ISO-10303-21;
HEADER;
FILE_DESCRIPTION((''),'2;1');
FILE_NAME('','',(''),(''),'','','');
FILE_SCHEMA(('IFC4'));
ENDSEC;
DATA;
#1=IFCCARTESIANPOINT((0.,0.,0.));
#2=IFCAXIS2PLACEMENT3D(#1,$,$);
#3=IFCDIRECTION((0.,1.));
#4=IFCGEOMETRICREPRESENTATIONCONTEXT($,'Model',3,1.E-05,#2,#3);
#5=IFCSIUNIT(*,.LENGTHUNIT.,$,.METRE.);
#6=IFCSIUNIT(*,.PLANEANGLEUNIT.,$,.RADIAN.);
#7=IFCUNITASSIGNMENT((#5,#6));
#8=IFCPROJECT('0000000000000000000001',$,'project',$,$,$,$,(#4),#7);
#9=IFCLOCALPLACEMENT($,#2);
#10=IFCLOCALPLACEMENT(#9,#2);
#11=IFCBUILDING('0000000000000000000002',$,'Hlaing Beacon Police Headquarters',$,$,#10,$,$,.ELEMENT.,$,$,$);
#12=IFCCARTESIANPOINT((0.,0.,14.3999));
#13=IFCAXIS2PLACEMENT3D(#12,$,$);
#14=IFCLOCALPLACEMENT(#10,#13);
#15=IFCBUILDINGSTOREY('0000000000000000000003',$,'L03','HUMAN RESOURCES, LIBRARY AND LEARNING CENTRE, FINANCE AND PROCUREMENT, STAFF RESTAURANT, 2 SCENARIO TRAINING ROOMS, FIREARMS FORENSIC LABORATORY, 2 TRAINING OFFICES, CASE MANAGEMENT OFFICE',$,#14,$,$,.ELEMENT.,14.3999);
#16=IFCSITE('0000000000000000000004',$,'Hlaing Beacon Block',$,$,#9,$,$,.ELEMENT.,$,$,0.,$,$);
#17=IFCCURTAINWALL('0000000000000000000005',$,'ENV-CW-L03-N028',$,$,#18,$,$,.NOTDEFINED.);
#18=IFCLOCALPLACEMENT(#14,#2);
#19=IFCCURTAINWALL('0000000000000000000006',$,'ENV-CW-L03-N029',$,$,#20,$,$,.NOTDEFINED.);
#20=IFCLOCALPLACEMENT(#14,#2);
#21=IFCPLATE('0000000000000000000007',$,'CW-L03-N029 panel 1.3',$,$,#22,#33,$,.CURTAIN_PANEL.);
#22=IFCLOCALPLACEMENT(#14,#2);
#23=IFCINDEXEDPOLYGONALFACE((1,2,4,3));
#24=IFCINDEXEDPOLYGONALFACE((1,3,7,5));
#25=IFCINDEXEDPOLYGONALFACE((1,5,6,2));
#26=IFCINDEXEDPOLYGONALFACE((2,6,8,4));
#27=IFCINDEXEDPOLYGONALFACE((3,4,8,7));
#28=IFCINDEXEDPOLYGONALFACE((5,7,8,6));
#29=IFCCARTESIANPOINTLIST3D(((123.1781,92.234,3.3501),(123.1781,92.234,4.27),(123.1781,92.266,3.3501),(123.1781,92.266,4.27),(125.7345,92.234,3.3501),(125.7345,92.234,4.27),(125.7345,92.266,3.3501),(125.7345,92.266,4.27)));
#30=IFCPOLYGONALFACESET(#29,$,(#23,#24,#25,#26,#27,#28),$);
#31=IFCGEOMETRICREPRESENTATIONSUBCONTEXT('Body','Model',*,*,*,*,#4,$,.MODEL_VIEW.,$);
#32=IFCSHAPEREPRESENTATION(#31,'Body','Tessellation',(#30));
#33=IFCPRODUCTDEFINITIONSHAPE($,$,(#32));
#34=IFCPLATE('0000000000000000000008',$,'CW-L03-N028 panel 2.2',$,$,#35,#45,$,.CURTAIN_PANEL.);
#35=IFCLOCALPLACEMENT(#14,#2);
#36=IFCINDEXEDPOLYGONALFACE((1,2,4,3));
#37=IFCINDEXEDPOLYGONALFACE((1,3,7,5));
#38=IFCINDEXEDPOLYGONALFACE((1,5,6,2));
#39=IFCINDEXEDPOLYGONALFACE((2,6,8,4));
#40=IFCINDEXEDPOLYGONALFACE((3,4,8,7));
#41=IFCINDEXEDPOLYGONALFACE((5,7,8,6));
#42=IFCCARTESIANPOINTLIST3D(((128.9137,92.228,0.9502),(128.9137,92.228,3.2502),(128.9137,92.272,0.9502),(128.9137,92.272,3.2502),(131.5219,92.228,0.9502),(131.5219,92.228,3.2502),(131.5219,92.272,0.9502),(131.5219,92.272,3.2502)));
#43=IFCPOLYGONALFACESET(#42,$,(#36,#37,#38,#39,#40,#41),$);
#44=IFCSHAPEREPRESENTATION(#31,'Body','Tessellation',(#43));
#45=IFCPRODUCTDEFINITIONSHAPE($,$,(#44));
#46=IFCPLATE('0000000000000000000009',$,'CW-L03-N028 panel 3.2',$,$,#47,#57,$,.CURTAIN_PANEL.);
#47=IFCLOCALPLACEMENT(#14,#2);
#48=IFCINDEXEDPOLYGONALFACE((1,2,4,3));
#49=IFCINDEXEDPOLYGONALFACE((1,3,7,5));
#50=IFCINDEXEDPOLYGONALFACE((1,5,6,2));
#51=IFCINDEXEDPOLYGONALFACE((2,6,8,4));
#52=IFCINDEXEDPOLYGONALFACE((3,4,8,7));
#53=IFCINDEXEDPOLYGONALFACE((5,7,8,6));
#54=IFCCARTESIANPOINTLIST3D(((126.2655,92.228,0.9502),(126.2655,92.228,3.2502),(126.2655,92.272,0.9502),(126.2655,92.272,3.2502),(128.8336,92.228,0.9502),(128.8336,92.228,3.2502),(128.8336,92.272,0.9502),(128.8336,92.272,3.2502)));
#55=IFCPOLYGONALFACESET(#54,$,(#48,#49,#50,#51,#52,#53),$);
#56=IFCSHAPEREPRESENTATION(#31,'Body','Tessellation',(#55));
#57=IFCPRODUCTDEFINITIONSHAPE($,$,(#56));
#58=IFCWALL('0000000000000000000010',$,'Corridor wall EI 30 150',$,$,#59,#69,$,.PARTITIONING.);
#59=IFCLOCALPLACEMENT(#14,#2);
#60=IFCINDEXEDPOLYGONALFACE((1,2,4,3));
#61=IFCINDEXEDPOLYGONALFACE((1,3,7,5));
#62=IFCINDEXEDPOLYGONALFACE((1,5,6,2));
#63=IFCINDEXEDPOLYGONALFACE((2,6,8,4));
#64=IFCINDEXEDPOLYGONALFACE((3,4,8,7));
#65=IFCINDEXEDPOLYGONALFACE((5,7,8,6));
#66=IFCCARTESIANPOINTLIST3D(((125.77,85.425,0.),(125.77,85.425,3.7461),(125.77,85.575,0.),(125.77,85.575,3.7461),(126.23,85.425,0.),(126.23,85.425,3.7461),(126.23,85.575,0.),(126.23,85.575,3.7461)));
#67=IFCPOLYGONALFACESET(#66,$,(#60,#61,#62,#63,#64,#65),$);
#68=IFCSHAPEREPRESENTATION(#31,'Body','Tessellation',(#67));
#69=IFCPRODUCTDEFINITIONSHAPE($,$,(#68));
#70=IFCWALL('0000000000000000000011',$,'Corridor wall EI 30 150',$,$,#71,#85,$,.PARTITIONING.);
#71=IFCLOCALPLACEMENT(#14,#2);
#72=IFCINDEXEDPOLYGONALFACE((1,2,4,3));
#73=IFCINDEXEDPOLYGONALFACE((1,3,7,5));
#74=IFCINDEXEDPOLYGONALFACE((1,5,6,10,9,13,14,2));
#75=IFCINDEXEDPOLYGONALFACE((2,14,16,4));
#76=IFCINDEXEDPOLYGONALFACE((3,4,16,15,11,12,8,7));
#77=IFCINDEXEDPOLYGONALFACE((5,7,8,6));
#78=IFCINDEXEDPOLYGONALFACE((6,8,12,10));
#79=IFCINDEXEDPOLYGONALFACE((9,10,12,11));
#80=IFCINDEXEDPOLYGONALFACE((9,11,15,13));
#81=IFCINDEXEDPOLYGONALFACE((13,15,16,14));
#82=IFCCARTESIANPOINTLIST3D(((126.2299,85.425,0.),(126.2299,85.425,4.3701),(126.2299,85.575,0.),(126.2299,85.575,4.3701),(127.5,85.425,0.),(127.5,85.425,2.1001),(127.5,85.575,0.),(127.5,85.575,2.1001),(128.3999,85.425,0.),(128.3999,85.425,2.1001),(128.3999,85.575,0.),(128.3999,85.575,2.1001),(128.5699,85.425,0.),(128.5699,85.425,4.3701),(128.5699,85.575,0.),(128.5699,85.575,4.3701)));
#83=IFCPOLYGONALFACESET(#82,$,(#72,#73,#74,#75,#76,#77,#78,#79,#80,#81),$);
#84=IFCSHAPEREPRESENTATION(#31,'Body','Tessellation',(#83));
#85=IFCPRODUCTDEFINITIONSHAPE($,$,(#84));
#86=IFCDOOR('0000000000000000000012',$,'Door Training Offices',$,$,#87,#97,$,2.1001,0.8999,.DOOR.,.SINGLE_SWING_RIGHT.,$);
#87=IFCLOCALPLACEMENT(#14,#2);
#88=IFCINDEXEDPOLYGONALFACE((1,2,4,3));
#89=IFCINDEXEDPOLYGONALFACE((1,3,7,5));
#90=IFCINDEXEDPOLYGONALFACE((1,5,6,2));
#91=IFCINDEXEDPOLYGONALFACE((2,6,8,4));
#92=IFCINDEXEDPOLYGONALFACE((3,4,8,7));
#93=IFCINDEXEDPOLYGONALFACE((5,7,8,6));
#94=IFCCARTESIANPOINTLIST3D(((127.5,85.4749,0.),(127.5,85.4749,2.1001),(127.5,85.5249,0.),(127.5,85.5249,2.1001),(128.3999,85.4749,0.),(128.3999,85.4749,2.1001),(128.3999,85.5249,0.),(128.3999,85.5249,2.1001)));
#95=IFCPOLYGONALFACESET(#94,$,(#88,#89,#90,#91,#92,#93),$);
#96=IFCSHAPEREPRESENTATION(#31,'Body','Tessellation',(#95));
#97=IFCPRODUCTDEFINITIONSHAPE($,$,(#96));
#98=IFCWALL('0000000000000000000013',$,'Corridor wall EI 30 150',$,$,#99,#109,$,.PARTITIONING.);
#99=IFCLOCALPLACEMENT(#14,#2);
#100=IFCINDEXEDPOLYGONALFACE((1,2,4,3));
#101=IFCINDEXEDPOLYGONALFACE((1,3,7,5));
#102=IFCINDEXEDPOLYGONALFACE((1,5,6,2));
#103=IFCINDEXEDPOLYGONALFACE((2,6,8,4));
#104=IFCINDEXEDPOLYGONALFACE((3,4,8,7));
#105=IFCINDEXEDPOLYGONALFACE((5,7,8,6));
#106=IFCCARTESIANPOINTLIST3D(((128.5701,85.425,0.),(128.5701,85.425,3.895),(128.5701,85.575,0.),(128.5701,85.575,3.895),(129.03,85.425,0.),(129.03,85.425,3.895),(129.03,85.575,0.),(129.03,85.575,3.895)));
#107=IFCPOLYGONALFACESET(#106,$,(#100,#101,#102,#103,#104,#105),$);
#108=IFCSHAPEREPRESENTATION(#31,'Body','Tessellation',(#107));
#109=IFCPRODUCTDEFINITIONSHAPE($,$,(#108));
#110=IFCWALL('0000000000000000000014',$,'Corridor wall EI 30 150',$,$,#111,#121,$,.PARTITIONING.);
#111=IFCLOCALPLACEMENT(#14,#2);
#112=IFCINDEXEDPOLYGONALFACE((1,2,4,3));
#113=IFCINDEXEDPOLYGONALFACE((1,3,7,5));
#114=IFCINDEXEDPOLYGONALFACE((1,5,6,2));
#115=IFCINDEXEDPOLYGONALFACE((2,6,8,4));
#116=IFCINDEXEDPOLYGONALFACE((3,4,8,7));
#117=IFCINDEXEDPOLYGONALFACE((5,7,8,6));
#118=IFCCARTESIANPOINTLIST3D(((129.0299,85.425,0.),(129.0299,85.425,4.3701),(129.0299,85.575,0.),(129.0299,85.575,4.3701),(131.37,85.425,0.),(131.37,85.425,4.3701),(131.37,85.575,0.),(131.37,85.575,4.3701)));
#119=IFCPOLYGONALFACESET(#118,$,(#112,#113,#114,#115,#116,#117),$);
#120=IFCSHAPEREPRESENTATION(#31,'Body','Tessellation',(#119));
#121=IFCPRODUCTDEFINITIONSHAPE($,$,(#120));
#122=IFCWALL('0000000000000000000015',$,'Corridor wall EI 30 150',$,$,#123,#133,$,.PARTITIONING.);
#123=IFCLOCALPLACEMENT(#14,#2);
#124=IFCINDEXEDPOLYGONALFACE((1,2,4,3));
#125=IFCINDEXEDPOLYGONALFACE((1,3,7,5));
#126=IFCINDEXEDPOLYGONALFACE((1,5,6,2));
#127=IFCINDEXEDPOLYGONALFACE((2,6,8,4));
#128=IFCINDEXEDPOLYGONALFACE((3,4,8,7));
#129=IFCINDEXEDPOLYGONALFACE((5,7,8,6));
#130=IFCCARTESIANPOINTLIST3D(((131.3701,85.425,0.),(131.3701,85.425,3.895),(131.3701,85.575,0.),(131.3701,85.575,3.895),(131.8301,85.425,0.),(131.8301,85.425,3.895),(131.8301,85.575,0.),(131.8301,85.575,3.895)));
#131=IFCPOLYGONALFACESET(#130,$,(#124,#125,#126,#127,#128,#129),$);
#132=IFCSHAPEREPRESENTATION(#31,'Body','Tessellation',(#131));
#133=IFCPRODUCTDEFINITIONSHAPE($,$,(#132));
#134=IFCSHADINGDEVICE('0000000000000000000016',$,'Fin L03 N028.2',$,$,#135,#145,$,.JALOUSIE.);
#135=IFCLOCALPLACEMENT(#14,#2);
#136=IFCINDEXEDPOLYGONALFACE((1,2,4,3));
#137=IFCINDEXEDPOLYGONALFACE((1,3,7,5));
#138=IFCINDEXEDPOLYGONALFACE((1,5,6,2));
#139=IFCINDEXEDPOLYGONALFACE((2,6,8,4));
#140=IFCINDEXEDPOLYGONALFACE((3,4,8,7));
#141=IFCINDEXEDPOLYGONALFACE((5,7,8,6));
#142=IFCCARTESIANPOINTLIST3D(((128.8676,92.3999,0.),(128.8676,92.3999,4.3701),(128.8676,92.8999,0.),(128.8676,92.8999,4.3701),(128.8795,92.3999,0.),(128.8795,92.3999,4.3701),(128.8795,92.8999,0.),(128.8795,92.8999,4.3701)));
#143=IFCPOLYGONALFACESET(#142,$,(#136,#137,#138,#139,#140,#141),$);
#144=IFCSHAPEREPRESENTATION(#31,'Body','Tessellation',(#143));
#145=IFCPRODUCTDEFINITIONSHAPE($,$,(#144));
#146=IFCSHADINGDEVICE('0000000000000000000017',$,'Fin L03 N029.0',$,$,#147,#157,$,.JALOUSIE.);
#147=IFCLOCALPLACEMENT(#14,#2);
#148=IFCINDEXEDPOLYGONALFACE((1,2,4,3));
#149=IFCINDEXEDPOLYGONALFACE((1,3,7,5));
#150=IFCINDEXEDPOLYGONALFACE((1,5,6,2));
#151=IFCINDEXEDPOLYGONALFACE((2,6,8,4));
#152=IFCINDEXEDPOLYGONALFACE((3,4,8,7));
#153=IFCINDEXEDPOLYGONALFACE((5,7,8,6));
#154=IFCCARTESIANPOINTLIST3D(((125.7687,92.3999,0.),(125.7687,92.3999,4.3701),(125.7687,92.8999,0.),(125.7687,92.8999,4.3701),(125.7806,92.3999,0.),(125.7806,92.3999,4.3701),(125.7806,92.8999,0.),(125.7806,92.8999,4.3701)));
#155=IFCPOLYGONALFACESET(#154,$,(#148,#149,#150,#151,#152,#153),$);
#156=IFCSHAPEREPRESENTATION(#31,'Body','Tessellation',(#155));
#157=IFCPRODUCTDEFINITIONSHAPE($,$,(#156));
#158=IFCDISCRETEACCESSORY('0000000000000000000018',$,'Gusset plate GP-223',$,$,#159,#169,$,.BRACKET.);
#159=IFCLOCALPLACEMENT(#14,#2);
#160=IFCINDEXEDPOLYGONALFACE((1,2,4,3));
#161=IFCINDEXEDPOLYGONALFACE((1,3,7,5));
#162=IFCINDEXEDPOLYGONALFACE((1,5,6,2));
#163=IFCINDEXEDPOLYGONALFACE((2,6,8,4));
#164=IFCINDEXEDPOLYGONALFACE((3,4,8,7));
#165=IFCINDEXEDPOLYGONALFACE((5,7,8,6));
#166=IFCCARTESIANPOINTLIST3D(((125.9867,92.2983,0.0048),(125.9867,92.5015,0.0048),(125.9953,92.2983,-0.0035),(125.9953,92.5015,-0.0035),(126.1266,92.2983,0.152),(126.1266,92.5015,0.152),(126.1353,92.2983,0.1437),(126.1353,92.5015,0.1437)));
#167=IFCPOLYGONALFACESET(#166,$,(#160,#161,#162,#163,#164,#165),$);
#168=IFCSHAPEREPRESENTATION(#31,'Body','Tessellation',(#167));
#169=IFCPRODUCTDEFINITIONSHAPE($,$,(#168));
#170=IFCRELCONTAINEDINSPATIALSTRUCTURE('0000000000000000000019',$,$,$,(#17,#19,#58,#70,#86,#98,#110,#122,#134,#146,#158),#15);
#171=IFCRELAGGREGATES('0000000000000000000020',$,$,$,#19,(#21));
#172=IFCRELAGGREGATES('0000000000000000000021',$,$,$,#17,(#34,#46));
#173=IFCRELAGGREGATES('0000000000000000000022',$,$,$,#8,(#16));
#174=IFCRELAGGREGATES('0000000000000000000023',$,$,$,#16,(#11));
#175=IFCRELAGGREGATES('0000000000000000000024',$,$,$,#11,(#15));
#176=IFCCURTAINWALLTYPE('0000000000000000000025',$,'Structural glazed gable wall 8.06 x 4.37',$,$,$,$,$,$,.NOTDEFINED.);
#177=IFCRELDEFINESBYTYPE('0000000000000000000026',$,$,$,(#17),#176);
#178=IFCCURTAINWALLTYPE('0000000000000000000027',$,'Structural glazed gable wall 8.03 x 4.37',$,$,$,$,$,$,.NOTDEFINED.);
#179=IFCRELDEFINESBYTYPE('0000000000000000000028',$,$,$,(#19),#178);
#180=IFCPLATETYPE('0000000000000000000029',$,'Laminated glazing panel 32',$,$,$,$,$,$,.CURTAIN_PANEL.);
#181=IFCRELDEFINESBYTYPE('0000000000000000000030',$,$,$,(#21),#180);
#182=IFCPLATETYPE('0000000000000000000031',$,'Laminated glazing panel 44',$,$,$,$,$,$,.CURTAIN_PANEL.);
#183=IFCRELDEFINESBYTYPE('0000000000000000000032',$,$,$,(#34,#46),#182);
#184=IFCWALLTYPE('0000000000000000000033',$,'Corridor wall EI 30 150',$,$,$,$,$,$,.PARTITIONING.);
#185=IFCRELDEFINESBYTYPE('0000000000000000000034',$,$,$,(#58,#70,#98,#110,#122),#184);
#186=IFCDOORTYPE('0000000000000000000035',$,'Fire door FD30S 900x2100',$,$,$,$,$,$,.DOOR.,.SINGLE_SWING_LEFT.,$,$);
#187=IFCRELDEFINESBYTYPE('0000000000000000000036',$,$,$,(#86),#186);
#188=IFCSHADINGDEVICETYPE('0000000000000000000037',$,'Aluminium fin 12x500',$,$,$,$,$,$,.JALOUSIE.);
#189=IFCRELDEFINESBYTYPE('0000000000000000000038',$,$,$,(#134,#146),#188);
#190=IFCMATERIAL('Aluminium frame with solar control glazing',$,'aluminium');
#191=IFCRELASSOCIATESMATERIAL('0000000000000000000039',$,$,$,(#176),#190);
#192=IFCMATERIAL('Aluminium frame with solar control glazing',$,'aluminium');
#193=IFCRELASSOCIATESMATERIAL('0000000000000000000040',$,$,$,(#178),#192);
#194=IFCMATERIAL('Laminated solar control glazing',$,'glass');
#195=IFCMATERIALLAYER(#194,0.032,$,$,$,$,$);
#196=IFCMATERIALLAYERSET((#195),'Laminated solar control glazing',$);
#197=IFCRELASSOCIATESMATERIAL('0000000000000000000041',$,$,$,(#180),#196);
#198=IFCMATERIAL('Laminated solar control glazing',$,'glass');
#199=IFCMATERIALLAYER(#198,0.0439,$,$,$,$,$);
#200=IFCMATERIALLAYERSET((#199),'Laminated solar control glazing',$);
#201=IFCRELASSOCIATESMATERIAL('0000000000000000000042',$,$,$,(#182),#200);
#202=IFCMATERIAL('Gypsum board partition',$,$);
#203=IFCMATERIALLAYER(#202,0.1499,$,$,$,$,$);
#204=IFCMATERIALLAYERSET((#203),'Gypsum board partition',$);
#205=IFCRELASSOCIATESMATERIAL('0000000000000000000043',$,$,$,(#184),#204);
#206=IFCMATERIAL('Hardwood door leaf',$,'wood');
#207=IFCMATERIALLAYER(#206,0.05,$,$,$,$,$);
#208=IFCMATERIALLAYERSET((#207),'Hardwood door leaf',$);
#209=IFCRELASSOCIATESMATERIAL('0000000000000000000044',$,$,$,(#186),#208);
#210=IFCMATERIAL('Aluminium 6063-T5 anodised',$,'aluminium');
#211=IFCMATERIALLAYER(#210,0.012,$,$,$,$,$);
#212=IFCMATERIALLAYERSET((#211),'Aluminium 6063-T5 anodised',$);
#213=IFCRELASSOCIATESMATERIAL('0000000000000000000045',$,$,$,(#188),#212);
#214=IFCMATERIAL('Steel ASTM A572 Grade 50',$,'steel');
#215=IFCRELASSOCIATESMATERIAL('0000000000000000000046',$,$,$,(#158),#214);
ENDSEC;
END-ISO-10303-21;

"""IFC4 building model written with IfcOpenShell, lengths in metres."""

from ifc_helpers import new_model, si_unit, direction, frame, frame_2d, origin, origin_2d, place, context, subcontext, project, spatial, rectangle, extrude, material, layer, layer_set, type_object, element, fill, aggregate, save


model = new_model("IFC4")

# Units and contexts
model_context = context("Model", 3, precision=1e-05, world=origin(), true_north=direction((0.0, 1.0)))
body_context = subcontext(model_context, "Body", "Model", "MODEL_VIEW")
ifc_project = project(units=[si_unit("LENGTHUNIT", "METRE"), si_unit("PLANEANGLEUNIT", "RADIAN")], contexts=[model_context])

# Site, building, storey
site_placement = place(None, origin())
site = spatial("IfcSite", under=ifc_project, at=site_placement, Name="Hlaing Beacon Block", CompositionType="ELEMENT", RefElevation=0.0)
building_placement = place(site_placement, origin())
building = spatial("IfcBuilding", under=site, at=building_placement, Name="Hlaing Beacon Police Headquarters", CompositionType="ELEMENT")
storey_placement = place(building_placement, frame((0.0, 0.0, 14.3999)))
storey = spatial("IfcBuildingStorey", under=building, at=storey_placement, Name="L03", Description="HUMAN RESOURCES, LIBRARY AND LEARNING CENTRE, FINANCE AND PROCUREMENT, STAFF RESTAURANT, 2 SCENARIO TRAINING ROOMS, FIREARMS FORENSIC LABORATORY, 2 TRAINING OFFICES, CASE MANAGEMENT OFFICE", CompositionType="ELEMENT", Elevation=14.3999)

# Curtain wall
ifc_material_1 = material(Name="Aluminium frame with solar control glazing", Category="aluminium")
curtain_wall_type_1 = type_object("IfcCurtainWallType", Name="Structural glazed gable wall 8.06 x 4.37", PredefinedType="NOTDEFINED", material=ifc_material_1)
curtain_wall_1_placement = place(storey_placement, origin())
curtain_wall_1 = element("IfcCurtainWall", 1, at=curtain_wall_1_placement, inside=storey, type_object=curtain_wall_type_1, Name="ENV-CW-L03-N028", PredefinedType="NOTDEFINED")

# Curtain wall
ifc_material_2 = material(Name="Aluminium frame with solar control glazing", Category="aluminium")
curtain_wall_type_2 = type_object("IfcCurtainWallType", Name="Structural glazed gable wall 8.03 x 4.37", PredefinedType="NOTDEFINED", material=ifc_material_2)
curtain_wall_2_placement = place(storey_placement, origin())
curtain_wall_2 = element("IfcCurtainWall", 2, at=curtain_wall_2_placement, inside=storey, type_object=curtain_wall_type_2, Name="ENV-CW-L03-N029", PredefinedType="NOTDEFINED")

# Plates
ifc_material_3 = material(Name="Laminated solar control glazing", Category="glass")
ifc_layer_1 = layer(ifc_material_3, 0.032)
ifc_layer_set_1 = layer_set([ifc_layer_1], Name="Laminated solar control glazing")
plate_type_1 = type_object("IfcPlateType", Name="Laminated glazing panel 32", PredefinedType="CURTAIN_PANEL", material=ifc_layer_set_1)
plate_1_placement = place(storey_placement, frame((124.4563, 92.25, 3.3501), z_axis=(0.0, 0.0, 1.0), x_axis=(-1.0, 0.0, 0.0)))
plate_1 = element("IfcPlate", 3, at=plate_1_placement, type_object=plate_type_1, Name="CW-L03-N029 panel 1.3", PredefinedType="CURTAIN_PANEL", context=body_context, shape_type="SweptSolid", body=[
    extrude(rectangle(XDim=2.5564, YDim=0.032, at=origin_2d()), origin(), (0.0, 0.0, 1.0), 0.9199),
])
aggregate(curtain_wall_2, [plate_1])
ifc_material_4 = material(Name="Laminated solar control glazing", Category="glass")
ifc_layer_2 = layer(ifc_material_4, 0.0439)
ifc_layer_set_2 = layer_set([ifc_layer_2], Name="Laminated solar control glazing")
plate_type_2 = type_object("IfcPlateType", Name="Laminated glazing panel 44", PredefinedType="CURTAIN_PANEL", material=ifc_layer_set_2)
plate_2_placement = place(storey_placement, frame((130.2178, 92.25, 0.9502), z_axis=(0.0, 0.0, 1.0), x_axis=(-1.0, 0.0, 0.0)))
plate_2 = element("IfcPlate", 4, at=plate_2_placement, type_object=plate_type_2, Name="CW-L03-N028 panel 2.2", PredefinedType="CURTAIN_PANEL", context=body_context, shape_type="SweptSolid", body=[
    extrude(rectangle(XDim=2.6082, YDim=0.0439, at=origin_2d()), origin(), (0.0, 0.0, 1.0), 2.3),
])
plate_3_placement = place(storey_placement, frame((127.5496, 92.25, 0.9502), z_axis=(0.0, 0.0, 1.0), x_axis=(-1.0, 0.0, 0.0)))
plate_3 = element("IfcPlate", 5, at=plate_3_placement, type_object=plate_type_2, Name="CW-L03-N028 panel 3.2", PredefinedType="CURTAIN_PANEL", context=body_context, shape_type="SweptSolid", body=[
    extrude(rectangle(XDim=2.5681, YDim=0.0439, at=origin_2d()), origin(), (0.0, 0.0, 1.0), 2.3),
])
aggregate(curtain_wall_1, [plate_2, plate_3])

# Wall
ifc_material_5 = material(Name="Gypsum board partition")
ifc_layer_3 = layer(ifc_material_5, 0.1499)
ifc_layer_set_3 = layer_set([ifc_layer_3], Name="Gypsum board partition")
wall_type = type_object("IfcWallType", Name="Corridor wall EI 30 150", PredefinedType="PARTITIONING", material=ifc_layer_set_3)
wall_1_placement = place(storey_placement, frame((125.77, 85.5, 0.0), z_axis=(0.0, 0.0, 1.0), x_axis=(1.0, 0.0, 0.0)))
element("IfcWall", 6, at=wall_1_placement, inside=storey, type_object=wall_type, Name="Corridor wall EI 30 150", PredefinedType="PARTITIONING", context=body_context, shape_type="SweptSolid", body=[
    extrude(rectangle(XDim=0.46, YDim=0.1499, at=frame_2d((0.23, 0.0))), origin(), (0.0, 0.0, 1.0), 3.7461),
])

# Wall, opening, door
wall_2_placement = place(storey_placement, frame((126.23, 85.5, 0.0), z_axis=(0.0, 0.0, 1.0), x_axis=(1.0, 0.0, 0.0)))
wall_2 = element("IfcWall", 7, at=wall_2_placement, inside=storey, type_object=wall_type, Name="Corridor wall EI 30 150", PredefinedType="PARTITIONING", context=body_context, shape_type="SweptSolid", body=[
    extrude(rectangle(XDim=2.3401, YDim=0.1499, at=frame_2d((1.1699, 0.0))), origin(), (0.0, 0.0, 1.0), 4.3701),
])
opening_placement = place(wall_2_placement, frame((1.27, 0.0, 0.0)))
opening = element("IfcOpeningElement", 8, at=opening_placement, cuts=wall_2, PredefinedType="OPENING", context=body_context, shape_type="SweptSolid", body=[
    extrude(rectangle(XDim=0.8999, YDim=2.1001, at=frame_2d((0.45, 1.05))), frame((0.0, 0.085, 0.0), z_axis=(0.0, -1.0, 0.0), x_axis=(1.0, 0.0, 0.0)), (0.0, 0.0, 1.0), 0.1699),
])
ifc_material_6 = material(Name="Hardwood door leaf", Category="wood")
ifc_layer_4 = layer(ifc_material_6, 0.05)
ifc_layer_set_4 = layer_set([ifc_layer_4], Name="Hardwood door leaf")
door_type = type_object("IfcDoorType", Name="Fire door FD30S 900x2100", OperationType="SINGLE_SWING_LEFT", PredefinedType="DOOR", material=ifc_layer_set_4)
door_placement = place(opening_placement, origin())
door = element("IfcDoor", 9, at=door_placement, inside=storey, type_object=door_type, Name="Door Training Offices", OperationType="SINGLE_SWING_RIGHT", OverallHeight=2.1001, OverallWidth=0.8999, PredefinedType="DOOR", context=body_context, shape_type="SweptSolid", body=[
    extrude(rectangle(XDim=0.8999, YDim=2.1001, at=frame_2d((0.45, 1.05))), frame((0.0, 0.0249, 0.0), z_axis=(0.0, -1.0, 0.0), x_axis=(1.0, 0.0, 0.0)), (0.0, 0.0, 1.0), 0.05),
])
fill(opening, door)

# Walls
wall_3_placement = place(storey_placement, frame((128.5701, 85.5, 0.0), z_axis=(0.0, 0.0, 1.0), x_axis=(1.0, 0.0, 0.0)))
element("IfcWall", 10, at=wall_3_placement, inside=storey, type_object=wall_type, Name="Corridor wall EI 30 150", PredefinedType="PARTITIONING", context=body_context, shape_type="SweptSolid", body=[
    extrude(rectangle(XDim=0.46, YDim=0.1499, at=frame_2d((0.23, 0.0))), origin(), (0.0, 0.0, 1.0), 3.895),
])
wall_4_placement = place(storey_placement, frame((129.03, 85.5, 0.0), z_axis=(0.0, 0.0, 1.0), x_axis=(1.0, 0.0, 0.0)))
element("IfcWall", 11, at=wall_4_placement, inside=storey, type_object=wall_type, Name="Corridor wall EI 30 150", PredefinedType="PARTITIONING", context=body_context, shape_type="SweptSolid", body=[
    extrude(rectangle(XDim=2.3401, YDim=0.1499, at=frame_2d((1.1699, 0.0))), origin(), (0.0, 0.0, 1.0), 4.3701),
])
wall_5_placement = place(storey_placement, frame((131.3701, 85.5, 0.0), z_axis=(0.0, 0.0, 1.0), x_axis=(1.0, 0.0, 0.0)))
element("IfcWall", 12, at=wall_5_placement, inside=storey, type_object=wall_type, Name="Corridor wall EI 30 150", PredefinedType="PARTITIONING", context=body_context, shape_type="SweptSolid", body=[
    extrude(rectangle(XDim=0.46, YDim=0.1499, at=frame_2d((0.23, 0.0))), origin(), (0.0, 0.0, 1.0), 3.895),
])

# Shading devices
ifc_material_7 = material(Name="Aluminium 6063-T5 anodised", Category="aluminium")
ifc_layer_5 = layer(ifc_material_7, 0.012)
ifc_layer_set_5 = layer_set([ifc_layer_5], Name="Aluminium 6063-T5 anodised")
shading_device_type = type_object("IfcShadingDeviceType", Name="Aluminium fin 12x500", PredefinedType="JALOUSIE", material=ifc_layer_set_5)
for number, where, z_axis, x_axis, name in (
    (13, (128.8735, 92.6499, 0.0), (0.0, 0.0, 1.0), (-1.0, 0.0, 0.0), "Fin L03 N028.2"),
    (14, (125.7747, 92.6499, 0.0), (0.0, 0.0, 1.0), (-1.0, 0.0, 0.0), "Fin L03 N029.0"),
):
    element("IfcShadingDevice", number, at=place(storey_placement, frame(where, z_axis=z_axis, x_axis=x_axis)), inside=storey, type_object=shading_device_type, Name=name, PredefinedType="JALOUSIE", context=body_context, shape_type="SweptSolid", body=[
        extrude(rectangle(XDim=0.012, YDim=0.5, at=origin_2d()), origin(), (0.0, 0.0, 1.0), 4.3701),
    ])

# Discrete accessory
ifc_material_8 = material(Name="Steel ASTM A572 Grade 50", Category="steel")
discrete_accessory_placement = place(storey_placement, frame((126.0566, 92.3999, 0.0784), z_axis=(0.724832, 0.0, -0.688926), x_axis=(0.0, 1.0, 0.0)))
element("IfcDiscreteAccessory", 15, at=discrete_accessory_placement, inside=storey, material=ifc_material_8, Name="Gusset plate GP-223", PredefinedType="BRACKET", context=body_context, shape_type="SweptSolid", body=[
    extrude(rectangle(XDim=0.2031, YDim=0.2031, at=origin_2d()), origin(), (0.0, 0.0, 1.0), 0.012),
])

save(model, "model.ifc")
